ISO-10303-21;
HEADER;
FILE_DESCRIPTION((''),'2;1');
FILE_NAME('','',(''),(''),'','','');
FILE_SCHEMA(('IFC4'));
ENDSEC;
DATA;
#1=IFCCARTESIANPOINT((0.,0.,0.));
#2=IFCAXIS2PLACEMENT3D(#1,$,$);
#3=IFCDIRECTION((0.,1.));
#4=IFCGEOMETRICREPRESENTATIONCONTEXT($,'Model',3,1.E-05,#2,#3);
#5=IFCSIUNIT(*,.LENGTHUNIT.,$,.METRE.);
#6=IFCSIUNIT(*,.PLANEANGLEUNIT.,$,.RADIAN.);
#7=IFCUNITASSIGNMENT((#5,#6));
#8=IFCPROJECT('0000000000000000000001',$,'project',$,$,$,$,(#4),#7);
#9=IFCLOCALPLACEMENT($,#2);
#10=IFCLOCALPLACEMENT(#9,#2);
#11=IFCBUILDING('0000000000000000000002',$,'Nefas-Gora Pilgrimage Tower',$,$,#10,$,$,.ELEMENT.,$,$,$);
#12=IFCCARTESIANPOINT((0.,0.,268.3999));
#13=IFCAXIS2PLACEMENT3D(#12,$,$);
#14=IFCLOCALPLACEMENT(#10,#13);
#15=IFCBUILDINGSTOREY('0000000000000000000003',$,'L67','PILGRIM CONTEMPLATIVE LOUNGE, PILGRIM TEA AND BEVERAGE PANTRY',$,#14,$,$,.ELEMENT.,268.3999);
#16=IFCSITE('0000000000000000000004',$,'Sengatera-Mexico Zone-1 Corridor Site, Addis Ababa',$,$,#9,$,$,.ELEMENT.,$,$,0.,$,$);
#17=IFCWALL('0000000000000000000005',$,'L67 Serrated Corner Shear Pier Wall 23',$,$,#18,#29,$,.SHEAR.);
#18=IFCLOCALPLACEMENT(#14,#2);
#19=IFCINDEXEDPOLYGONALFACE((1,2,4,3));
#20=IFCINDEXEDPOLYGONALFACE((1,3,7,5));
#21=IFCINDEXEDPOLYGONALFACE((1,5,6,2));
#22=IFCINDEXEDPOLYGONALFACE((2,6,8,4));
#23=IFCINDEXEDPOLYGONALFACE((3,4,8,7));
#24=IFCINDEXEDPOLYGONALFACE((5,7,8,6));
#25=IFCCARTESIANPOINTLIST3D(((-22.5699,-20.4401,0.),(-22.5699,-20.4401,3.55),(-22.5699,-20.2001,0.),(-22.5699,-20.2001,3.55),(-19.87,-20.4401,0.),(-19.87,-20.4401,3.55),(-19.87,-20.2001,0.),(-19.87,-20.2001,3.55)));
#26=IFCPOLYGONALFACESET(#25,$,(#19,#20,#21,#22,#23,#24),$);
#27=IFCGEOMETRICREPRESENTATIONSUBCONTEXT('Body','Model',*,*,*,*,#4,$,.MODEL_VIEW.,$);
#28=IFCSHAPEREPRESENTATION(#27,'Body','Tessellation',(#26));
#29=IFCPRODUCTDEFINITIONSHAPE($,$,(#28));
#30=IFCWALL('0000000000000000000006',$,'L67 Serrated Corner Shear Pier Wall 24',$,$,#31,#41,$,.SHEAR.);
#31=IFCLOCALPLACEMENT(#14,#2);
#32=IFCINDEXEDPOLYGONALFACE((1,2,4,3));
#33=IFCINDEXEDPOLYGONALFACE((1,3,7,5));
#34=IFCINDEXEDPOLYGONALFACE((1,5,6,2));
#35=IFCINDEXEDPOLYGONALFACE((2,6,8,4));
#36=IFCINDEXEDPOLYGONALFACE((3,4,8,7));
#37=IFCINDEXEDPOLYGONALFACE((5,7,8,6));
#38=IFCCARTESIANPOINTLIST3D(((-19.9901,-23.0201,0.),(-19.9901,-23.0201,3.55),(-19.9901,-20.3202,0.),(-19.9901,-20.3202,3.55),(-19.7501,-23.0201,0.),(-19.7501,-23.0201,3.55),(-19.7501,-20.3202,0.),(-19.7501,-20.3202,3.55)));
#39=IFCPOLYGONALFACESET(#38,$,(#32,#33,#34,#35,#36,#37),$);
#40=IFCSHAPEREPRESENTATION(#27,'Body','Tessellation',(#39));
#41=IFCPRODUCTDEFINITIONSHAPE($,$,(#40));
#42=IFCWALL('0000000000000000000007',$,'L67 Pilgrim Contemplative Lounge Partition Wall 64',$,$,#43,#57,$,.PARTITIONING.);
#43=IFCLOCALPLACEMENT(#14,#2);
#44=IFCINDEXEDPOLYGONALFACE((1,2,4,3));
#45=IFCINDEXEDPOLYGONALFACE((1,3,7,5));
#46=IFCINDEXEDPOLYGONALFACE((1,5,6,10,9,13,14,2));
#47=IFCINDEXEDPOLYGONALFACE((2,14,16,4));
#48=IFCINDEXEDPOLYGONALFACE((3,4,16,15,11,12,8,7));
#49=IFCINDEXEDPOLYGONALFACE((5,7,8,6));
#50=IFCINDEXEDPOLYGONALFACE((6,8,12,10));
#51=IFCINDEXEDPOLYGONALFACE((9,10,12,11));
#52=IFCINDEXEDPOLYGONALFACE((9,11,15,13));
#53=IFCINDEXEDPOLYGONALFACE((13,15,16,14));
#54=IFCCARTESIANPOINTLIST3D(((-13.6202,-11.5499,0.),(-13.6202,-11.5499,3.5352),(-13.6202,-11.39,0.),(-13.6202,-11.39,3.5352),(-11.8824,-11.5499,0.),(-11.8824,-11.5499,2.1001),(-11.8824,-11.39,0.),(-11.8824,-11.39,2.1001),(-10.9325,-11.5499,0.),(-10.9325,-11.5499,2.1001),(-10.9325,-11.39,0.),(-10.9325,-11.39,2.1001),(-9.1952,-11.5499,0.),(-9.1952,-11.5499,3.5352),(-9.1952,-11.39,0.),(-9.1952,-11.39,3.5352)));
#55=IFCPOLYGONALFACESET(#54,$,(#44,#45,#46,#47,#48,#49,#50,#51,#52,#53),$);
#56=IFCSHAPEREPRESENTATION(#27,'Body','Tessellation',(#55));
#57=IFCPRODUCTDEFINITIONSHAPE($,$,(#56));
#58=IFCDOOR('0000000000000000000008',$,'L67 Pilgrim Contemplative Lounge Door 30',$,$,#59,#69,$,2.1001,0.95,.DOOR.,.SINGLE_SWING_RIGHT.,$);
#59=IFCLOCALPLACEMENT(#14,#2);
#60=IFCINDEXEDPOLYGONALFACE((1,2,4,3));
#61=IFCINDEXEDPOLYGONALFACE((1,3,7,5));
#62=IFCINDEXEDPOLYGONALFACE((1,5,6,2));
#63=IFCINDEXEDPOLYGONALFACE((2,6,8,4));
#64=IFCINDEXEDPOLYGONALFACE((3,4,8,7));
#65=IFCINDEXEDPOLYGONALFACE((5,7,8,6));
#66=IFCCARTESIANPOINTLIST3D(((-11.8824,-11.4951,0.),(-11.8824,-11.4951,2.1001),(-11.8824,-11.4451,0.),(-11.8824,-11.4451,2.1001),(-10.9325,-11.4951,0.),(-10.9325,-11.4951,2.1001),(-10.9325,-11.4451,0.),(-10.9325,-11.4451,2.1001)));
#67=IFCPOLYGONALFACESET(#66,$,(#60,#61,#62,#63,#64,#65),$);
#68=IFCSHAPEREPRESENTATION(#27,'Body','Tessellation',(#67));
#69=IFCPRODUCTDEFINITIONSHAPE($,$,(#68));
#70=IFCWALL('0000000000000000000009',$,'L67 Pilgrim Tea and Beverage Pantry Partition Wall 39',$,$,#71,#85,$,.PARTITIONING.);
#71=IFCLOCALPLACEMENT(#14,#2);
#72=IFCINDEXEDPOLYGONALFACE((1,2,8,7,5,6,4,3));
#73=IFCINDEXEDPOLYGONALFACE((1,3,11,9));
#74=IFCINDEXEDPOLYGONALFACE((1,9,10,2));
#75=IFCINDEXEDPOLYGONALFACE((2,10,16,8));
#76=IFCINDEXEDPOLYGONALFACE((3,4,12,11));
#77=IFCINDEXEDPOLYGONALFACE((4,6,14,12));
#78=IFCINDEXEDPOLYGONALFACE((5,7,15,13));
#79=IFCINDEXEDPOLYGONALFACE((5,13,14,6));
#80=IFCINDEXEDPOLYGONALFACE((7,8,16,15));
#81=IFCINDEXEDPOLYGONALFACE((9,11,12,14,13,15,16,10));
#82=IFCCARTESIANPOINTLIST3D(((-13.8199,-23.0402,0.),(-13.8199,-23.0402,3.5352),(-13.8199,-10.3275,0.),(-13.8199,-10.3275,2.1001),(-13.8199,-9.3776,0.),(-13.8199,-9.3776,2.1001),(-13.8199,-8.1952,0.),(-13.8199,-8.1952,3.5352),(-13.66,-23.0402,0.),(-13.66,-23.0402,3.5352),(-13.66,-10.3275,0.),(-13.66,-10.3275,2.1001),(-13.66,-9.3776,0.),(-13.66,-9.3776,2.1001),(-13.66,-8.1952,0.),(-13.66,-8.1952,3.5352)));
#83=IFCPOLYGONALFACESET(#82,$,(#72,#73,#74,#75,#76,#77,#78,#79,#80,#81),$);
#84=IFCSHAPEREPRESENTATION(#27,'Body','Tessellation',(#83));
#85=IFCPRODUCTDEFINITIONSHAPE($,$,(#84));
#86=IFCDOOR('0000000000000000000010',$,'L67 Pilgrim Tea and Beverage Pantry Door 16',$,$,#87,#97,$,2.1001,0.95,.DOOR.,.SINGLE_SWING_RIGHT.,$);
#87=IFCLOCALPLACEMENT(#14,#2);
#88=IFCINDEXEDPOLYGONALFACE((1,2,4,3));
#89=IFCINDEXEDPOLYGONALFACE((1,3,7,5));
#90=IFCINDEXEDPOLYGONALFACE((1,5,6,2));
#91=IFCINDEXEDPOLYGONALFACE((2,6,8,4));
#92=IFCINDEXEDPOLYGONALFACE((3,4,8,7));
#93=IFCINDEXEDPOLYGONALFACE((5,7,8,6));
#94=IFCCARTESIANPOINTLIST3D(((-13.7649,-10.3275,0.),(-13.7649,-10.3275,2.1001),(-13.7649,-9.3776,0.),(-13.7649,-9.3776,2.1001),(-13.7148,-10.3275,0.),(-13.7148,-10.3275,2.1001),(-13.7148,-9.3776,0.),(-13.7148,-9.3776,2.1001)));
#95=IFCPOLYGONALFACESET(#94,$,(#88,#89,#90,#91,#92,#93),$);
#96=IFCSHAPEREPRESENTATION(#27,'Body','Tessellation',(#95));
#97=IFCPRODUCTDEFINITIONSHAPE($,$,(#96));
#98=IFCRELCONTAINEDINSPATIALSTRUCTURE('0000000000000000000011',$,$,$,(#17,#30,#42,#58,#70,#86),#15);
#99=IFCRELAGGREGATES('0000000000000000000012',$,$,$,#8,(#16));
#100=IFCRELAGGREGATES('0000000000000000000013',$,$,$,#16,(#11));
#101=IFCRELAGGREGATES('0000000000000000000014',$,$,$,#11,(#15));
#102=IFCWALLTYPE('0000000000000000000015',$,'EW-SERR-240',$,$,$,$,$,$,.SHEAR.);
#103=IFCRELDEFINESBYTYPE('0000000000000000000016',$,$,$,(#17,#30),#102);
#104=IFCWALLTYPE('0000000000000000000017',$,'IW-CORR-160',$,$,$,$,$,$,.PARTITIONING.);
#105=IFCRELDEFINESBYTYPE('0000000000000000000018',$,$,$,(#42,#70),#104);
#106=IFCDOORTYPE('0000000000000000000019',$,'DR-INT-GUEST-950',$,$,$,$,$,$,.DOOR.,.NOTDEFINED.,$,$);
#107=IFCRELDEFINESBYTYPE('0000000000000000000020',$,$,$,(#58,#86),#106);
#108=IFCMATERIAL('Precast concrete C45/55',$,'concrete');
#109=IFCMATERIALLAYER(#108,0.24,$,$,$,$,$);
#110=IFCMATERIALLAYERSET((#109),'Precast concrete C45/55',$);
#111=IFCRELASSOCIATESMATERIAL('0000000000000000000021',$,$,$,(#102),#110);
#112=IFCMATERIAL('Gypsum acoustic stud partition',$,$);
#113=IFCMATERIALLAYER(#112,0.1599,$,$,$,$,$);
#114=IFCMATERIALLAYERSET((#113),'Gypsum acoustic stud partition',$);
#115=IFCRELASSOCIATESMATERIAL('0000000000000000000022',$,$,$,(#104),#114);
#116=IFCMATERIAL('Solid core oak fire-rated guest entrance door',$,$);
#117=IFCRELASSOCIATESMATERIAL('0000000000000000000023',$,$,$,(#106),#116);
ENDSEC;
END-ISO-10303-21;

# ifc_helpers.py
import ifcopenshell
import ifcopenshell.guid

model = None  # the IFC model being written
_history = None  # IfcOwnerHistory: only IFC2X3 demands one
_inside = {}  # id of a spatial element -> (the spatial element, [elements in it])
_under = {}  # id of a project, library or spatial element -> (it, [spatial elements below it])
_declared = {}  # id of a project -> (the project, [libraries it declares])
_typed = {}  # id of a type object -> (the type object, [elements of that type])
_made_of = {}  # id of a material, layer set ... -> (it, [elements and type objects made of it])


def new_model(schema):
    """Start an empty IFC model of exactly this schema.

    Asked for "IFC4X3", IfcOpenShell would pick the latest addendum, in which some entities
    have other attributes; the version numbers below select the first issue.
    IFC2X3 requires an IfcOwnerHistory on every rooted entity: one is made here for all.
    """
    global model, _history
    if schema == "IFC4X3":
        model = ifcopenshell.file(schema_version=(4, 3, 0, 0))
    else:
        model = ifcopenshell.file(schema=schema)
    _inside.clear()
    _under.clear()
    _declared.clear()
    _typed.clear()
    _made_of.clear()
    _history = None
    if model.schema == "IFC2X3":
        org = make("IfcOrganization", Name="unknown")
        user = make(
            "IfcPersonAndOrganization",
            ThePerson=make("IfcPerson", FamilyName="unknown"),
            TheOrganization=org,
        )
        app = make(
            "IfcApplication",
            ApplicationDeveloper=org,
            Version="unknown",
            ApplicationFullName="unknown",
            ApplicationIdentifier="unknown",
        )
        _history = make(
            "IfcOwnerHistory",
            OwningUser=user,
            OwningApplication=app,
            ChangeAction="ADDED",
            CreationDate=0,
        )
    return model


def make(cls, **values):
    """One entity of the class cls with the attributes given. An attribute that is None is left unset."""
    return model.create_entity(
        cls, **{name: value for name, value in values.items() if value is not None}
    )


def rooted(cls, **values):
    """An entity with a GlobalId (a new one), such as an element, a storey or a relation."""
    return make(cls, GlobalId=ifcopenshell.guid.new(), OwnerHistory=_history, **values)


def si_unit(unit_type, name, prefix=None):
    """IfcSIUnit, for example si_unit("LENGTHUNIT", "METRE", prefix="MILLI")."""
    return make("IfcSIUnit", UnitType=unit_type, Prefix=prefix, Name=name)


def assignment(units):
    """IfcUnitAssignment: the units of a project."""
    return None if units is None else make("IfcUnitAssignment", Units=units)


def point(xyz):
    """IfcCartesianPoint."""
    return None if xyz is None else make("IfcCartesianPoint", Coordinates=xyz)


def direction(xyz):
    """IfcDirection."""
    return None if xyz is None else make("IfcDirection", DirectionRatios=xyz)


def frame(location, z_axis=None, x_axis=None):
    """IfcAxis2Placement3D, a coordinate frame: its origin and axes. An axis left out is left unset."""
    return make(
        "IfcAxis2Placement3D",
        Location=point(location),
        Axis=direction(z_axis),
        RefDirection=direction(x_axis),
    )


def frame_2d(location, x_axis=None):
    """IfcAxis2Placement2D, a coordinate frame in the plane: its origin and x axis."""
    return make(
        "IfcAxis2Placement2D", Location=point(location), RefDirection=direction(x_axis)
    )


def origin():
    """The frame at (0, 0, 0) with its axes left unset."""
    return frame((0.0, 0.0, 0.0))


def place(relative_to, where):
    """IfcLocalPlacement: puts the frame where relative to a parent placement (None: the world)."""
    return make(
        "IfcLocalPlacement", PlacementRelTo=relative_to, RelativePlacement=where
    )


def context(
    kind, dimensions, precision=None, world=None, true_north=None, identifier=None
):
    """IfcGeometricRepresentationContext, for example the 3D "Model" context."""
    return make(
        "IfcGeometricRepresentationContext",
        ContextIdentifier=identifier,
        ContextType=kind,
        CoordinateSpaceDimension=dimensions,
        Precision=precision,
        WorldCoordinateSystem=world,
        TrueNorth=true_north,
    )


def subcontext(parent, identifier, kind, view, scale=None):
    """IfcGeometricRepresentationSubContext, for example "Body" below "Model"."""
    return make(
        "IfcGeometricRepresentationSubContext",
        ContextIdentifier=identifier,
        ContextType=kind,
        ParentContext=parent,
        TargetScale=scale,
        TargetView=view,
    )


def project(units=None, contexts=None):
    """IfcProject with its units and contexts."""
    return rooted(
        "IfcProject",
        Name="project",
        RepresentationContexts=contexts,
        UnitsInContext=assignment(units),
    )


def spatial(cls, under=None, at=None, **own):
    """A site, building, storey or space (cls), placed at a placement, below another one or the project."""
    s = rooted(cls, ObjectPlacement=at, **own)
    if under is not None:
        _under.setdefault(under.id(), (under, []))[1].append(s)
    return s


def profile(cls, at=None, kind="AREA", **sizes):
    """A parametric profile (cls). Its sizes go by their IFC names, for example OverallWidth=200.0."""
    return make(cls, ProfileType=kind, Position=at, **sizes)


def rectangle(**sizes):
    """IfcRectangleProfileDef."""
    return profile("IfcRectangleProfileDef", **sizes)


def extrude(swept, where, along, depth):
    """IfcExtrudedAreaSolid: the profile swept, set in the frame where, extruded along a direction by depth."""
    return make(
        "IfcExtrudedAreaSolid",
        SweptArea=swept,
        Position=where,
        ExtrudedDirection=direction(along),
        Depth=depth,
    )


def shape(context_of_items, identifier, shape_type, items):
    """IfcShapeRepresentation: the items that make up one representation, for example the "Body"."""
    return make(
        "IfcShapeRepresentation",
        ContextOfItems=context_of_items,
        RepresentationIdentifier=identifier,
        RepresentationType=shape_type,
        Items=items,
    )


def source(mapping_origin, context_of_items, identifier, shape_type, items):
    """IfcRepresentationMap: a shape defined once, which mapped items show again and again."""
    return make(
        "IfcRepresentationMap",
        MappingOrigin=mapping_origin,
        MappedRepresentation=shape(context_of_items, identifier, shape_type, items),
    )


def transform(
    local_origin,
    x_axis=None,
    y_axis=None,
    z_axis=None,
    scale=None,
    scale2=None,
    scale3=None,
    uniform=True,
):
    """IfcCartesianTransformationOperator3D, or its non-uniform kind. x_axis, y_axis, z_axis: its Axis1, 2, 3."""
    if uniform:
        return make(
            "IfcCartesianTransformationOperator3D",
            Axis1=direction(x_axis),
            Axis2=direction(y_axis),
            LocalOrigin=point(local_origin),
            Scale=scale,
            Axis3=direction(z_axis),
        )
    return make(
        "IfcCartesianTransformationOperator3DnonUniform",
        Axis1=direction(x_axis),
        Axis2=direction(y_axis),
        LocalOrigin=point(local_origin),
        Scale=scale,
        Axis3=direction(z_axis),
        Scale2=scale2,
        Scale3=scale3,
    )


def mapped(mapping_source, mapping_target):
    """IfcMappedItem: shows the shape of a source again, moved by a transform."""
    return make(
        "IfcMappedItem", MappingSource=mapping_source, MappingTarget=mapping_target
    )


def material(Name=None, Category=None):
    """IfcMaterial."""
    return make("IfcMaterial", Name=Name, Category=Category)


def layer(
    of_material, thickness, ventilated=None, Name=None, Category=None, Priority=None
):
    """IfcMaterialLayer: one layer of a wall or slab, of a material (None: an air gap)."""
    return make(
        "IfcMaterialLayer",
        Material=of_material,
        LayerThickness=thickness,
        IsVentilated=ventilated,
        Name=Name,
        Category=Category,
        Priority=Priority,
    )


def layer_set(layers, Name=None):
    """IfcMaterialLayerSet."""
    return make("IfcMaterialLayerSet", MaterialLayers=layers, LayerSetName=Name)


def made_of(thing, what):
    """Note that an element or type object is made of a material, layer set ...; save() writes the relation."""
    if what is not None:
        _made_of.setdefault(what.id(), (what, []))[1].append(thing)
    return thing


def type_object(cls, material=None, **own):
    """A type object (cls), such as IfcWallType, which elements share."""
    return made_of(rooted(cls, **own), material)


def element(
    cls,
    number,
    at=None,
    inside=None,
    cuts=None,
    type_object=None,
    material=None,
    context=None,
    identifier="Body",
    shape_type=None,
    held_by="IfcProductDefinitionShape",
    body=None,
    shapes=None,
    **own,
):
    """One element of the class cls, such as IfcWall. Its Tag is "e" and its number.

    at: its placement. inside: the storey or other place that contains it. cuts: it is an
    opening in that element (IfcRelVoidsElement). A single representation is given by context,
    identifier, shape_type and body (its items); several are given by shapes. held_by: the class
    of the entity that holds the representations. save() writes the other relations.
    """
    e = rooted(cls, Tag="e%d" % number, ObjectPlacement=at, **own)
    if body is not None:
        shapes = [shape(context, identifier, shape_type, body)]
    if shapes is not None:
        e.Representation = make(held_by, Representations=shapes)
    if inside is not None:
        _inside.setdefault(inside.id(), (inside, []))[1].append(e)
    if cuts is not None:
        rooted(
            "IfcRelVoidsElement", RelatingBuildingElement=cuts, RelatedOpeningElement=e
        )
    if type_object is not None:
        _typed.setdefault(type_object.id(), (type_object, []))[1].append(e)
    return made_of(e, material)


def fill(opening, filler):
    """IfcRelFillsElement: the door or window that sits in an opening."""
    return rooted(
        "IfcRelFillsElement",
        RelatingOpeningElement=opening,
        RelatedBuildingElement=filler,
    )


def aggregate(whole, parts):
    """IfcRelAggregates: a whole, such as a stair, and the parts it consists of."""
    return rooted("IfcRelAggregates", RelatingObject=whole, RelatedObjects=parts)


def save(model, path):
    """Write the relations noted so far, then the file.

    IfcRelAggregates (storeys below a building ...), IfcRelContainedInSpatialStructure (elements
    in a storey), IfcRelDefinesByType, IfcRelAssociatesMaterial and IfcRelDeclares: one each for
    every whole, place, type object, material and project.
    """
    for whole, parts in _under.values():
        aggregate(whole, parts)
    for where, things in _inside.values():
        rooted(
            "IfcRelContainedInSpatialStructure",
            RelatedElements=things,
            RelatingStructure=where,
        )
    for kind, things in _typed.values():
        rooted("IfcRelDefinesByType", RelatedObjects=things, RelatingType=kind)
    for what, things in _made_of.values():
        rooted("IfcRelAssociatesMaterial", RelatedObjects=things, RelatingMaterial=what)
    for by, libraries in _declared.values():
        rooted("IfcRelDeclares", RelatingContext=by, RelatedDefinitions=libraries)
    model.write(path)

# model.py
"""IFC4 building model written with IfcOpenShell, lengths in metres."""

from ifc_helpers import new_model, si_unit, direction, frame, frame_2d, origin, place, context, subcontext, project, spatial, rectangle, extrude, source, transform, mapped, material, layer, layer_set, type_object, element, fill, save


model = new_model("IFC4")

# Units and contexts
model_context = context("Model", 3, precision=1e-05, world=origin(), true_north=direction((0.0, 1.0)))
body_context = subcontext(model_context, "Body", "Model", "MODEL_VIEW")
ifc_project = project(units=[si_unit("LENGTHUNIT", "METRE"), si_unit("PLANEANGLEUNIT", "RADIAN")], contexts=[model_context])

# Site, building, storey
site_placement = place(None, origin())
site = spatial("IfcSite", under=ifc_project, at=site_placement, Name="Sengatera-Mexico Zone-1 Corridor Site, Addis Ababa", CompositionType="ELEMENT", RefElevation=0.0)
building_placement = place(site_placement, origin())
building = spatial("IfcBuilding", under=site, at=building_placement, Name="Nefas-Gora Pilgrimage Tower", CompositionType="ELEMENT")
storey_placement = place(building_placement, frame((0.0, 0.0, 268.3999)))
storey = spatial("IfcBuildingStorey", under=building, at=storey_placement, Name="L67", Description="PILGRIM CONTEMPLATIVE LOUNGE, PILGRIM TEA AND BEVERAGE PANTRY", CompositionType="ELEMENT", Elevation=268.3999)

# Shared definitions
ifc_material_1 = material(Name="Precast concrete C45/55", Category="concrete")
ifc_layer_1 = layer(ifc_material_1, 0.24)
ifc_layer_set_1 = layer_set([ifc_layer_1], Name="Precast concrete C45/55")
wall_type_1 = type_object("IfcWallType", Name="EW-SERR-240", PredefinedType="SHEAR", material=ifc_layer_set_1)
shared_shape_1 = source(origin(), body_context, "Body", "SweptSolid", [
    extrude(rectangle(XDim=2.7, YDim=0.24, at=frame_2d((1.3501, 0.0))), origin(), (0.0, 0.0, 1.0), 3.55),
])

# Walls
for number, where, z_axis, x_axis, name in (
    (1, (-22.5701, -20.3201, 0.0), (0.0, 0.0, 1.0), (1.0, 0.0, 0.0), "L67 Serrated Corner Shear Pier Wall 23"),
    (2, (-19.8701, -20.3201, 0.0), (0.0, 0.0, 1.0), (0.0, -1.0, 0.0), "L67 Serrated Corner Shear Pier Wall 24"),
):
    element("IfcWall", number, at=place(storey_placement, frame(where, z_axis=z_axis, x_axis=x_axis)), inside=storey, type_object=wall_type_1, Name=name, PredefinedType="SHEAR", context=body_context, shape_type="MappedRepresentation", body=[
        mapped(shared_shape_1, transform((0.0, 0.0, 0.0), x_axis=(1.0, 0.0, 0.0), y_axis=(0.0, 1.0, 0.0), z_axis=(0.0, 0.0, 1.0), scale=1.0)),
    ])

# Walls, openings, doors
ifc_material_2 = material(Name="Gypsum acoustic stud partition")
ifc_layer_2 = layer(ifc_material_2, 0.1599)
ifc_layer_set_2 = layer_set([ifc_layer_2], Name="Gypsum acoustic stud partition")
wall_type_2 = type_object("IfcWallType", Name="IW-CORR-160", PredefinedType="PARTITIONING", material=ifc_layer_set_2)
shared_shape_2 = source(origin(), body_context, "Body", "SweptSolid", [
    extrude(rectangle(XDim=4.425, YDim=0.1599, at=frame_2d((2.2124, 0.0))), origin(), (0.0, 0.0, 1.0), 3.5352),
])
wall_1_placement = place(storey_placement, frame((-13.6201, -11.47, 0.0), z_axis=(0.0, 0.0, 1.0), x_axis=(1.0, 0.0, 0.0)))
wall_1 = element("IfcWall", 3, at=wall_1_placement, inside=storey, type_object=wall_type_2, Name="L67 Pilgrim Contemplative Lounge Partition Wall 64", PredefinedType="PARTITIONING", context=body_context, shape_type="MappedRepresentation", body=[
    mapped(shared_shape_2, transform((0.0, 0.0, 0.0), x_axis=(1.0, 0.0, 0.0), y_axis=(0.0, 1.0, 0.0), z_axis=(0.0, 0.0, 1.0), scale=1.0)),
])
opening_1_placement = place(wall_1_placement, frame((1.7375, 0.0, 0.0)))
opening_1 = element("IfcOpeningElement", 4, at=opening_1_placement, cuts=wall_1, PredefinedType="OPENING", context=body_context, shape_type="SweptSolid", body=[
    extrude(rectangle(XDim=0.95, YDim=2.1001, at=frame_2d((0.4751, 1.05))), frame((0.0, 0.0898, 0.0), z_axis=(0.0, -1.0, 0.0), x_axis=(1.0, 0.0, 0.0)), (0.0, 0.0, 1.0), 0.1799),
])
ifc_material_3 = material(Name="Solid core oak fire-rated guest entrance door")
door_type = type_object("IfcDoorType", Name="DR-INT-GUEST-950", OperationType="NOTDEFINED", PredefinedType="DOOR", material=ifc_material_3)
shared_shape_3 = source(origin(), body_context, "Body", "SweptSolid", [
    extrude(rectangle(XDim=0.95, YDim=2.1001, at=frame_2d((0.4751, 1.05))), frame((0.0, 0.0249, 0.0), z_axis=(0.0, -1.0, 0.0), x_axis=(1.0, 0.0, 0.0)), (0.0, 0.0, 1.0), 0.05),
])
door_1_placement = place(opening_1_placement, origin())
door_1 = element("IfcDoor", 5, at=door_1_placement, inside=storey, type_object=door_type, Name="L67 Pilgrim Contemplative Lounge Door 30", OperationType="SINGLE_SWING_RIGHT", OverallHeight=2.1001, OverallWidth=0.95, PredefinedType="DOOR", context=body_context, shape_type="MappedRepresentation", body=[
    mapped(shared_shape_3, transform((0.0, 0.0, 0.0), x_axis=(1.0, 0.0, 0.0), y_axis=(0.0, 1.0, 0.0), z_axis=(0.0, 0.0, 1.0), scale=1.0)),
])
fill(opening_1, door_1)
shared_shape_4 = source(origin(), body_context, "Body", "SweptSolid", [
    extrude(rectangle(XDim=14.845, YDim=0.1599, at=frame_2d((7.4224, 0.0))), origin(), (0.0, 0.0, 1.0), 3.5352),
])
wall_2_placement = place(storey_placement, frame((-13.74, -23.04, 0.0), z_axis=(0.0, 0.0, 1.0), x_axis=(0.0, 1.0, 0.0)))
wall_2 = element("IfcWall", 6, at=wall_2_placement, inside=storey, type_object=wall_type_2, Name="L67 Pilgrim Tea and Beverage Pantry Partition Wall 39", PredefinedType="PARTITIONING", context=body_context, shape_type="MappedRepresentation", body=[
    mapped(shared_shape_4, transform((0.0, 0.0, 0.0), x_axis=(1.0, 0.0, 0.0), y_axis=(0.0, 1.0, 0.0), z_axis=(0.0, 0.0, 1.0), scale=1.0)),
])
opening_2_placement = place(wall_2_placement, frame((12.7124, 0.0, 0.0)))
opening_2 = element("IfcOpeningElement", 7, at=opening_2_placement, cuts=wall_2, PredefinedType="OPENING", context=body_context, shape_type="SweptSolid", body=[
    extrude(rectangle(XDim=0.95, YDim=2.1001, at=frame_2d((0.4751, 1.05))), frame((0.0, 0.0898, 0.0), z_axis=(0.0, -1.0, 0.0), x_axis=(1.0, 0.0, 0.0)), (0.0, 0.0, 1.0), 0.1799),
])
door_2_placement = place(opening_2_placement, origin())
door_2 = element("IfcDoor", 8, at=door_2_placement, inside=storey, type_object=door_type, Name="L67 Pilgrim Tea and Beverage Pantry Door 16", OperationType="SINGLE_SWING_RIGHT", OverallHeight=2.1001, OverallWidth=0.95, PredefinedType="DOOR", context=body_context, shape_type="MappedRepresentation", body=[
    mapped(shared_shape_3, transform((0.0, 0.0, 0.0), x_axis=(1.0, 0.0, 0.0), y_axis=(0.0, 1.0, 0.0), z_axis=(0.0, 0.0, 1.0), scale=1.0)),
])
fill(opening_2, door_2)

save(model, "model.ifc")
